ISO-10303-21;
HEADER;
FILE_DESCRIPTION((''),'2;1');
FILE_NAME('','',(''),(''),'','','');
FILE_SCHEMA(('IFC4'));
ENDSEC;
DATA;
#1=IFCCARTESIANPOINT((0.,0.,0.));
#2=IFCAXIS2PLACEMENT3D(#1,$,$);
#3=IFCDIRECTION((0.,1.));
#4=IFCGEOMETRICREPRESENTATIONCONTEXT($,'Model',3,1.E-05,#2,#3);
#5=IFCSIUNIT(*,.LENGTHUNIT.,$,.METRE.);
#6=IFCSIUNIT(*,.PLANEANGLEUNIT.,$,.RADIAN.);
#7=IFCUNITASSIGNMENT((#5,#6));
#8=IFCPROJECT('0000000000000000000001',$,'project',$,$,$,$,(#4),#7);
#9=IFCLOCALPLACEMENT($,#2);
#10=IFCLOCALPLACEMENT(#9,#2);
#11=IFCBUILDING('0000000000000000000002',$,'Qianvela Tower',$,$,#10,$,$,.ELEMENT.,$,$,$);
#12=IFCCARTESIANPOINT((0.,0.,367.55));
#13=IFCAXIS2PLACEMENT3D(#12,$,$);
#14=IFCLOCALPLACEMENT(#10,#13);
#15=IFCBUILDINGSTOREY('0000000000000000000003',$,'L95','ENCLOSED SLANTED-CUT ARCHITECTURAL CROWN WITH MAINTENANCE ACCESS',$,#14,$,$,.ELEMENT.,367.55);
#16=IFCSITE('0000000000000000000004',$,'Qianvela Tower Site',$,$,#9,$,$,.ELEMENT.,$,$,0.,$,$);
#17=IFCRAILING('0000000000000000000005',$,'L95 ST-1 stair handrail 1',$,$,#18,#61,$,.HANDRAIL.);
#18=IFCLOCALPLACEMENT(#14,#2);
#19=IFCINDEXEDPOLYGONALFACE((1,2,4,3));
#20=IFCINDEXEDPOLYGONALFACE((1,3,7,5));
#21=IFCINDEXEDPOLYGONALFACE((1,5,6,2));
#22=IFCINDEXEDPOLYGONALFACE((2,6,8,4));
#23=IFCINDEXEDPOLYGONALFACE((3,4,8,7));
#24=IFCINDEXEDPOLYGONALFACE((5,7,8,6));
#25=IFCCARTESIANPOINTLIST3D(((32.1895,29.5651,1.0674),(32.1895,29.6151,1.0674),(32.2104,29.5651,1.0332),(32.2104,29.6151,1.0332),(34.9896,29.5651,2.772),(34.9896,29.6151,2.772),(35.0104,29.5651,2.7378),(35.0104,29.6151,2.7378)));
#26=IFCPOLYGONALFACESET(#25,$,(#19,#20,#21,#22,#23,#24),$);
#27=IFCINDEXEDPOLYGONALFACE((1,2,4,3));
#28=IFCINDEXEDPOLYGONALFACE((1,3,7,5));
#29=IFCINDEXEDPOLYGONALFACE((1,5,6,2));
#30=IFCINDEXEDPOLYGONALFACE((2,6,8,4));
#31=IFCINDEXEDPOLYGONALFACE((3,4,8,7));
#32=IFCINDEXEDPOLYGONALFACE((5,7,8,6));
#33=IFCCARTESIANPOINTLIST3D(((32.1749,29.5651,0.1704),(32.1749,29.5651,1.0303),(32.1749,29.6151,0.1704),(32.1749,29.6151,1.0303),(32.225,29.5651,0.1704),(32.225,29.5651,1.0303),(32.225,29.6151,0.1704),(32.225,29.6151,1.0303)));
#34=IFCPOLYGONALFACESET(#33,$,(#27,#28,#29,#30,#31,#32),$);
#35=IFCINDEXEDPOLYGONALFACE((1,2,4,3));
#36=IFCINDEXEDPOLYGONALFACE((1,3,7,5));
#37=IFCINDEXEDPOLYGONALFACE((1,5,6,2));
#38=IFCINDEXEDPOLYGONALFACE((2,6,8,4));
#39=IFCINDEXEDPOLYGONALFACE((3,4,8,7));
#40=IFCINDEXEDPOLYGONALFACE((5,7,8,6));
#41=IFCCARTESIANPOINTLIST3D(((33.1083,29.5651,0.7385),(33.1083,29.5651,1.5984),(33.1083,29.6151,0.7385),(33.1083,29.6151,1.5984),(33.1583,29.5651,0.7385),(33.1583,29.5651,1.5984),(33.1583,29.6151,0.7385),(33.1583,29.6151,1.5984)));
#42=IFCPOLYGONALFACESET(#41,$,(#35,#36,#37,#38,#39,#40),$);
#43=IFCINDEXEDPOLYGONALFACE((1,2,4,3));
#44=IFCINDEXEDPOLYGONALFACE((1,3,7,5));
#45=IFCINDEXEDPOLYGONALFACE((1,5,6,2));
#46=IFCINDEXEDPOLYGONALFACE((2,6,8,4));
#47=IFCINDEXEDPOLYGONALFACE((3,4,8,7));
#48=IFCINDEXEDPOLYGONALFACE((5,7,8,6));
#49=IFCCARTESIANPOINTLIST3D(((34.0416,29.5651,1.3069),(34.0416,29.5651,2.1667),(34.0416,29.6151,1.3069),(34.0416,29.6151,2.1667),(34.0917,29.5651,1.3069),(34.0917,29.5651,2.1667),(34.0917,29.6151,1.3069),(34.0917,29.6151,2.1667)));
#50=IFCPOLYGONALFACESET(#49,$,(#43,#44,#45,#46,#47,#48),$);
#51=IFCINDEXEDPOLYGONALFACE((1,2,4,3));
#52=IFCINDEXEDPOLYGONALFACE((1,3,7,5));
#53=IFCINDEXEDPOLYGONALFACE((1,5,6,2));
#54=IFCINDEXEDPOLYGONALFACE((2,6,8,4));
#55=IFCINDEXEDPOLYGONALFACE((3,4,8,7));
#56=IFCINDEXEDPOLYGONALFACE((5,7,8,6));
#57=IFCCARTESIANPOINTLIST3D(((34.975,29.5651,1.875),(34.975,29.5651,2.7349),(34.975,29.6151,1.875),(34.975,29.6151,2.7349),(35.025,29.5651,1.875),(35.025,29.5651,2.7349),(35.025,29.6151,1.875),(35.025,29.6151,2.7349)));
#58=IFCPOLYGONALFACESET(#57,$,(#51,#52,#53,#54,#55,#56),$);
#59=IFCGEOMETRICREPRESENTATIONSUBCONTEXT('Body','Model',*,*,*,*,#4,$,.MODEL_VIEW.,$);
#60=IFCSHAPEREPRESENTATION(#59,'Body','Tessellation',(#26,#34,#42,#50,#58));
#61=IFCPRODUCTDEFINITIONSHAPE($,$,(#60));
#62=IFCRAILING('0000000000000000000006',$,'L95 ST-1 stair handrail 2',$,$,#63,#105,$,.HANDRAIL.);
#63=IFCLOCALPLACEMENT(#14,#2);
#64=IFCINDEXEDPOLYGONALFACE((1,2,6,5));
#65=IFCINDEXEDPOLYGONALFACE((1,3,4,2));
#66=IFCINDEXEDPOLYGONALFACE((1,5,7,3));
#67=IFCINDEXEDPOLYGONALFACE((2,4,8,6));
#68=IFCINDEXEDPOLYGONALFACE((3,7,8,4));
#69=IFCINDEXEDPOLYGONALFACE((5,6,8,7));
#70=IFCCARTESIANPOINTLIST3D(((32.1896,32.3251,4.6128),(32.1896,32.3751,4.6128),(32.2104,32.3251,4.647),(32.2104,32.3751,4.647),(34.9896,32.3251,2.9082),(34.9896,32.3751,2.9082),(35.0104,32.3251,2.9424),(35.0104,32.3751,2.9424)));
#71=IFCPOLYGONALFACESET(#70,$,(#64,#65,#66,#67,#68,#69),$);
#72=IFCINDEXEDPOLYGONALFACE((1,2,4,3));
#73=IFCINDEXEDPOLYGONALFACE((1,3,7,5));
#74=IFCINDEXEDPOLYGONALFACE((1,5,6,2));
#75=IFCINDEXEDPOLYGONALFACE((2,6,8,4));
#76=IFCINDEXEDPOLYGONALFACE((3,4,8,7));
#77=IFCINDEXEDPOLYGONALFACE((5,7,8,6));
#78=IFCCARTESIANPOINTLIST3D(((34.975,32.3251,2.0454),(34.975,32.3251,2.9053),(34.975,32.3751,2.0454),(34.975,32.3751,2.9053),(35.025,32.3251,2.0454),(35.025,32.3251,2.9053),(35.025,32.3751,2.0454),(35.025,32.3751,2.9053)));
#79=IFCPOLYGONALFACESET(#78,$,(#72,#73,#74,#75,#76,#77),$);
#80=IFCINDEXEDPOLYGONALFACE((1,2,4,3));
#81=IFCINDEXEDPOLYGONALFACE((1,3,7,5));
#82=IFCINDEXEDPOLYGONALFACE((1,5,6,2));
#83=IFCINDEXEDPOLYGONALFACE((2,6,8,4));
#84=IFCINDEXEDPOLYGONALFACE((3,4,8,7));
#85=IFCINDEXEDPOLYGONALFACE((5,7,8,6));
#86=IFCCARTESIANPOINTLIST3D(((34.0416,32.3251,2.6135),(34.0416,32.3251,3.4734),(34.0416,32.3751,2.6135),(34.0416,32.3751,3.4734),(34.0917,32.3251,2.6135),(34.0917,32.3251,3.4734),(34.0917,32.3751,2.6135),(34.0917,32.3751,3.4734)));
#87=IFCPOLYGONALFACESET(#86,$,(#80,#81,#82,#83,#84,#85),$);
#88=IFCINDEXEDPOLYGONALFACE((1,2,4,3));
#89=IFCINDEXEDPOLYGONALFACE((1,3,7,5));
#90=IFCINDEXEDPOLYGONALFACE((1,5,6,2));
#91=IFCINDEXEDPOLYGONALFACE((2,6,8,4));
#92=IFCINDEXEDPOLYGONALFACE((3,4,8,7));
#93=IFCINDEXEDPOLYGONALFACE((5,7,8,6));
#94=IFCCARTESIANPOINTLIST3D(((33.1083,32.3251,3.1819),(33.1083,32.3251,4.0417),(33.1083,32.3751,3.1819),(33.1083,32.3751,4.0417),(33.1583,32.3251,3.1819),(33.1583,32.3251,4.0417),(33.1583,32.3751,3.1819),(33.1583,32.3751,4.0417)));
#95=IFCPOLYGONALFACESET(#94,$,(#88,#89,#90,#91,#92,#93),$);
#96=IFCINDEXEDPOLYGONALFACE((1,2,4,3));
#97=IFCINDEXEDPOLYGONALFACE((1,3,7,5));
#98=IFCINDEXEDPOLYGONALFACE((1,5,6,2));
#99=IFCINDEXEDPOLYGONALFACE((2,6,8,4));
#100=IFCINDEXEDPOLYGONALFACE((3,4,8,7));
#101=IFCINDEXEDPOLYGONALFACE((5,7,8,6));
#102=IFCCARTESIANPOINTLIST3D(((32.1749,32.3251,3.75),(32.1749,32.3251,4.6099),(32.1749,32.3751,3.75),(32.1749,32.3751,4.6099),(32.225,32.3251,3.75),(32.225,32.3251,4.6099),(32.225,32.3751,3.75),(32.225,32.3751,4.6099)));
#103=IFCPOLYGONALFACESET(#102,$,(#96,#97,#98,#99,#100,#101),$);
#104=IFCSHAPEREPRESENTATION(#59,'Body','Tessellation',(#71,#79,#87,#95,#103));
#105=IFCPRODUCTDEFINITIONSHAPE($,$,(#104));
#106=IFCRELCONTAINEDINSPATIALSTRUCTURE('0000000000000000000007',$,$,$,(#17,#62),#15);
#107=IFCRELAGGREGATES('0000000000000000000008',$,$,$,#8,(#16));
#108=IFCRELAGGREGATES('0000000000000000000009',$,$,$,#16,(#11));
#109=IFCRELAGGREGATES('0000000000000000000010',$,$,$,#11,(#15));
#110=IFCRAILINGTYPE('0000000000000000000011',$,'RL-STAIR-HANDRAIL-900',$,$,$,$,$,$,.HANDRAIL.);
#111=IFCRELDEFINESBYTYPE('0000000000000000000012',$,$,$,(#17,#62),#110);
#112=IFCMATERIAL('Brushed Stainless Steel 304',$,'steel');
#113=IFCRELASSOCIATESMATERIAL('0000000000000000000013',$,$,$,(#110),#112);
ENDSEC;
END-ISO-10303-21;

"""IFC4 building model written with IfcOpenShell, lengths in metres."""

from ifc_helpers import new_model, si_unit, direction, frame, origin, origin_2d, place, context, subcontext, project, spatial, rectangle, extrude, material, type_object, element, save


model = new_model("IFC4")

# Units and contexts
model_context = context("Model", 3, precision=1e-05, world=origin(), true_north=direction((0.0, 1.0)))
body_context = subcontext(model_context, "Body", "Model", "MODEL_VIEW")
ifc_project = project(units=[si_unit("LENGTHUNIT", "METRE"), si_unit("PLANEANGLEUNIT", "RADIAN")], contexts=[model_context])

# Site, building, storey
site_placement = place(None, origin())
site = spatial("IfcSite", under=ifc_project, at=site_placement, Name="Qianvela Tower Site", CompositionType="ELEMENT", RefElevation=0.0)
building_placement = place(site_placement, origin())
building = spatial("IfcBuilding", under=site, at=building_placement, Name="Qianvela Tower", CompositionType="ELEMENT")
storey_placement = place(building_placement, frame((0.0, 0.0, 367.55)))
storey = spatial("IfcBuildingStorey", under=building, at=storey_placement, Name="L95", Description="ENCLOSED SLANTED-CUT ARCHITECTURAL CROWN WITH MAINTENANCE ACCESS", CompositionType="ELEMENT", Elevation=367.55)

# Railings
ifc_material_1 = material(Name="Brushed Stainless Steel 304", Category="steel")
railing_type_1 = type_object("IfcRailingType", Name="RL-STAIR-HANDRAIL-900", PredefinedType="HANDRAIL", material=ifc_material_1)
railing_1_placement = place(storey_placement, frame((32.2, 29.5901, 0.1704)))
element("IfcRailing", 1, at=railing_1_placement, inside=storey, type_object=railing_type_1, Name="L95 ST-1 stair handrail 1", PredefinedType="HANDRAIL", context=body_context, shape_type="SweptSolid", body=[
    extrude(rectangle(XDim=0.05, YDim=0.04, at=origin_2d()), frame((0.0, 0.0, 0.8799), z_axis=(0.85417, 0.0, 0.519994), x_axis=(0.0, 1.0, 0.0)), (0.0, 0.0, 1.0), 3.2781),
    extrude(rectangle(XDim=0.05, YDim=0.05, at=origin_2d()), origin(), (0.0, 0.0, 1.0), 0.8599),
    extrude(rectangle(XDim=0.05, YDim=0.05, at=origin_2d()), frame((0.9333, 0.0, 0.5681)), (0.0, 0.0, 1.0), 0.8599),
    extrude(rectangle(XDim=0.05, YDim=0.05, at=origin_2d()), frame((1.8667, 0.0, 1.1365)), (0.0, 0.0, 1.0), 0.8599),
    extrude(rectangle(XDim=0.05, YDim=0.05, at=origin_2d()), frame((2.8, 0.0, 1.7046)), (0.0, 0.0, 1.0), 0.8599),
])
railing_2_placement = place(storey_placement, frame((35.0, 32.3501, 2.0454)))
element("IfcRailing", 2, at=railing_2_placement, inside=storey, type_object=railing_type_1, Name="L95 ST-1 stair handrail 2", PredefinedType="HANDRAIL", context=body_context, shape_type="SweptSolid", body=[
    extrude(rectangle(XDim=0.05, YDim=0.04, at=origin_2d()), frame((0.0, 0.0, 0.8799), z_axis=(-0.85417, 0.0, 0.519994), x_axis=(0.0, -1.0, 0.0)), (0.0, 0.0, 1.0), 3.2781),
    extrude(rectangle(XDim=0.05, YDim=0.05, at=origin_2d()), origin(), (0.0, 0.0, 1.0), 0.8599),
    extrude(rectangle(XDim=0.05, YDim=0.05, at=origin_2d()), frame((-0.9333, 0.0, 0.5681)), (0.0, 0.0, 1.0), 0.8599),
    extrude(rectangle(XDim=0.05, YDim=0.05, at=origin_2d()), frame((-1.8667, 0.0, 1.1365)), (0.0, 0.0, 1.0), 0.8599),
    extrude(rectangle(XDim=0.05, YDim=0.05, at=origin_2d()), frame((-2.8, 0.0, 1.7046)), (0.0, 0.0, 1.0), 0.8599),
])

save(model, "model.ifc")
